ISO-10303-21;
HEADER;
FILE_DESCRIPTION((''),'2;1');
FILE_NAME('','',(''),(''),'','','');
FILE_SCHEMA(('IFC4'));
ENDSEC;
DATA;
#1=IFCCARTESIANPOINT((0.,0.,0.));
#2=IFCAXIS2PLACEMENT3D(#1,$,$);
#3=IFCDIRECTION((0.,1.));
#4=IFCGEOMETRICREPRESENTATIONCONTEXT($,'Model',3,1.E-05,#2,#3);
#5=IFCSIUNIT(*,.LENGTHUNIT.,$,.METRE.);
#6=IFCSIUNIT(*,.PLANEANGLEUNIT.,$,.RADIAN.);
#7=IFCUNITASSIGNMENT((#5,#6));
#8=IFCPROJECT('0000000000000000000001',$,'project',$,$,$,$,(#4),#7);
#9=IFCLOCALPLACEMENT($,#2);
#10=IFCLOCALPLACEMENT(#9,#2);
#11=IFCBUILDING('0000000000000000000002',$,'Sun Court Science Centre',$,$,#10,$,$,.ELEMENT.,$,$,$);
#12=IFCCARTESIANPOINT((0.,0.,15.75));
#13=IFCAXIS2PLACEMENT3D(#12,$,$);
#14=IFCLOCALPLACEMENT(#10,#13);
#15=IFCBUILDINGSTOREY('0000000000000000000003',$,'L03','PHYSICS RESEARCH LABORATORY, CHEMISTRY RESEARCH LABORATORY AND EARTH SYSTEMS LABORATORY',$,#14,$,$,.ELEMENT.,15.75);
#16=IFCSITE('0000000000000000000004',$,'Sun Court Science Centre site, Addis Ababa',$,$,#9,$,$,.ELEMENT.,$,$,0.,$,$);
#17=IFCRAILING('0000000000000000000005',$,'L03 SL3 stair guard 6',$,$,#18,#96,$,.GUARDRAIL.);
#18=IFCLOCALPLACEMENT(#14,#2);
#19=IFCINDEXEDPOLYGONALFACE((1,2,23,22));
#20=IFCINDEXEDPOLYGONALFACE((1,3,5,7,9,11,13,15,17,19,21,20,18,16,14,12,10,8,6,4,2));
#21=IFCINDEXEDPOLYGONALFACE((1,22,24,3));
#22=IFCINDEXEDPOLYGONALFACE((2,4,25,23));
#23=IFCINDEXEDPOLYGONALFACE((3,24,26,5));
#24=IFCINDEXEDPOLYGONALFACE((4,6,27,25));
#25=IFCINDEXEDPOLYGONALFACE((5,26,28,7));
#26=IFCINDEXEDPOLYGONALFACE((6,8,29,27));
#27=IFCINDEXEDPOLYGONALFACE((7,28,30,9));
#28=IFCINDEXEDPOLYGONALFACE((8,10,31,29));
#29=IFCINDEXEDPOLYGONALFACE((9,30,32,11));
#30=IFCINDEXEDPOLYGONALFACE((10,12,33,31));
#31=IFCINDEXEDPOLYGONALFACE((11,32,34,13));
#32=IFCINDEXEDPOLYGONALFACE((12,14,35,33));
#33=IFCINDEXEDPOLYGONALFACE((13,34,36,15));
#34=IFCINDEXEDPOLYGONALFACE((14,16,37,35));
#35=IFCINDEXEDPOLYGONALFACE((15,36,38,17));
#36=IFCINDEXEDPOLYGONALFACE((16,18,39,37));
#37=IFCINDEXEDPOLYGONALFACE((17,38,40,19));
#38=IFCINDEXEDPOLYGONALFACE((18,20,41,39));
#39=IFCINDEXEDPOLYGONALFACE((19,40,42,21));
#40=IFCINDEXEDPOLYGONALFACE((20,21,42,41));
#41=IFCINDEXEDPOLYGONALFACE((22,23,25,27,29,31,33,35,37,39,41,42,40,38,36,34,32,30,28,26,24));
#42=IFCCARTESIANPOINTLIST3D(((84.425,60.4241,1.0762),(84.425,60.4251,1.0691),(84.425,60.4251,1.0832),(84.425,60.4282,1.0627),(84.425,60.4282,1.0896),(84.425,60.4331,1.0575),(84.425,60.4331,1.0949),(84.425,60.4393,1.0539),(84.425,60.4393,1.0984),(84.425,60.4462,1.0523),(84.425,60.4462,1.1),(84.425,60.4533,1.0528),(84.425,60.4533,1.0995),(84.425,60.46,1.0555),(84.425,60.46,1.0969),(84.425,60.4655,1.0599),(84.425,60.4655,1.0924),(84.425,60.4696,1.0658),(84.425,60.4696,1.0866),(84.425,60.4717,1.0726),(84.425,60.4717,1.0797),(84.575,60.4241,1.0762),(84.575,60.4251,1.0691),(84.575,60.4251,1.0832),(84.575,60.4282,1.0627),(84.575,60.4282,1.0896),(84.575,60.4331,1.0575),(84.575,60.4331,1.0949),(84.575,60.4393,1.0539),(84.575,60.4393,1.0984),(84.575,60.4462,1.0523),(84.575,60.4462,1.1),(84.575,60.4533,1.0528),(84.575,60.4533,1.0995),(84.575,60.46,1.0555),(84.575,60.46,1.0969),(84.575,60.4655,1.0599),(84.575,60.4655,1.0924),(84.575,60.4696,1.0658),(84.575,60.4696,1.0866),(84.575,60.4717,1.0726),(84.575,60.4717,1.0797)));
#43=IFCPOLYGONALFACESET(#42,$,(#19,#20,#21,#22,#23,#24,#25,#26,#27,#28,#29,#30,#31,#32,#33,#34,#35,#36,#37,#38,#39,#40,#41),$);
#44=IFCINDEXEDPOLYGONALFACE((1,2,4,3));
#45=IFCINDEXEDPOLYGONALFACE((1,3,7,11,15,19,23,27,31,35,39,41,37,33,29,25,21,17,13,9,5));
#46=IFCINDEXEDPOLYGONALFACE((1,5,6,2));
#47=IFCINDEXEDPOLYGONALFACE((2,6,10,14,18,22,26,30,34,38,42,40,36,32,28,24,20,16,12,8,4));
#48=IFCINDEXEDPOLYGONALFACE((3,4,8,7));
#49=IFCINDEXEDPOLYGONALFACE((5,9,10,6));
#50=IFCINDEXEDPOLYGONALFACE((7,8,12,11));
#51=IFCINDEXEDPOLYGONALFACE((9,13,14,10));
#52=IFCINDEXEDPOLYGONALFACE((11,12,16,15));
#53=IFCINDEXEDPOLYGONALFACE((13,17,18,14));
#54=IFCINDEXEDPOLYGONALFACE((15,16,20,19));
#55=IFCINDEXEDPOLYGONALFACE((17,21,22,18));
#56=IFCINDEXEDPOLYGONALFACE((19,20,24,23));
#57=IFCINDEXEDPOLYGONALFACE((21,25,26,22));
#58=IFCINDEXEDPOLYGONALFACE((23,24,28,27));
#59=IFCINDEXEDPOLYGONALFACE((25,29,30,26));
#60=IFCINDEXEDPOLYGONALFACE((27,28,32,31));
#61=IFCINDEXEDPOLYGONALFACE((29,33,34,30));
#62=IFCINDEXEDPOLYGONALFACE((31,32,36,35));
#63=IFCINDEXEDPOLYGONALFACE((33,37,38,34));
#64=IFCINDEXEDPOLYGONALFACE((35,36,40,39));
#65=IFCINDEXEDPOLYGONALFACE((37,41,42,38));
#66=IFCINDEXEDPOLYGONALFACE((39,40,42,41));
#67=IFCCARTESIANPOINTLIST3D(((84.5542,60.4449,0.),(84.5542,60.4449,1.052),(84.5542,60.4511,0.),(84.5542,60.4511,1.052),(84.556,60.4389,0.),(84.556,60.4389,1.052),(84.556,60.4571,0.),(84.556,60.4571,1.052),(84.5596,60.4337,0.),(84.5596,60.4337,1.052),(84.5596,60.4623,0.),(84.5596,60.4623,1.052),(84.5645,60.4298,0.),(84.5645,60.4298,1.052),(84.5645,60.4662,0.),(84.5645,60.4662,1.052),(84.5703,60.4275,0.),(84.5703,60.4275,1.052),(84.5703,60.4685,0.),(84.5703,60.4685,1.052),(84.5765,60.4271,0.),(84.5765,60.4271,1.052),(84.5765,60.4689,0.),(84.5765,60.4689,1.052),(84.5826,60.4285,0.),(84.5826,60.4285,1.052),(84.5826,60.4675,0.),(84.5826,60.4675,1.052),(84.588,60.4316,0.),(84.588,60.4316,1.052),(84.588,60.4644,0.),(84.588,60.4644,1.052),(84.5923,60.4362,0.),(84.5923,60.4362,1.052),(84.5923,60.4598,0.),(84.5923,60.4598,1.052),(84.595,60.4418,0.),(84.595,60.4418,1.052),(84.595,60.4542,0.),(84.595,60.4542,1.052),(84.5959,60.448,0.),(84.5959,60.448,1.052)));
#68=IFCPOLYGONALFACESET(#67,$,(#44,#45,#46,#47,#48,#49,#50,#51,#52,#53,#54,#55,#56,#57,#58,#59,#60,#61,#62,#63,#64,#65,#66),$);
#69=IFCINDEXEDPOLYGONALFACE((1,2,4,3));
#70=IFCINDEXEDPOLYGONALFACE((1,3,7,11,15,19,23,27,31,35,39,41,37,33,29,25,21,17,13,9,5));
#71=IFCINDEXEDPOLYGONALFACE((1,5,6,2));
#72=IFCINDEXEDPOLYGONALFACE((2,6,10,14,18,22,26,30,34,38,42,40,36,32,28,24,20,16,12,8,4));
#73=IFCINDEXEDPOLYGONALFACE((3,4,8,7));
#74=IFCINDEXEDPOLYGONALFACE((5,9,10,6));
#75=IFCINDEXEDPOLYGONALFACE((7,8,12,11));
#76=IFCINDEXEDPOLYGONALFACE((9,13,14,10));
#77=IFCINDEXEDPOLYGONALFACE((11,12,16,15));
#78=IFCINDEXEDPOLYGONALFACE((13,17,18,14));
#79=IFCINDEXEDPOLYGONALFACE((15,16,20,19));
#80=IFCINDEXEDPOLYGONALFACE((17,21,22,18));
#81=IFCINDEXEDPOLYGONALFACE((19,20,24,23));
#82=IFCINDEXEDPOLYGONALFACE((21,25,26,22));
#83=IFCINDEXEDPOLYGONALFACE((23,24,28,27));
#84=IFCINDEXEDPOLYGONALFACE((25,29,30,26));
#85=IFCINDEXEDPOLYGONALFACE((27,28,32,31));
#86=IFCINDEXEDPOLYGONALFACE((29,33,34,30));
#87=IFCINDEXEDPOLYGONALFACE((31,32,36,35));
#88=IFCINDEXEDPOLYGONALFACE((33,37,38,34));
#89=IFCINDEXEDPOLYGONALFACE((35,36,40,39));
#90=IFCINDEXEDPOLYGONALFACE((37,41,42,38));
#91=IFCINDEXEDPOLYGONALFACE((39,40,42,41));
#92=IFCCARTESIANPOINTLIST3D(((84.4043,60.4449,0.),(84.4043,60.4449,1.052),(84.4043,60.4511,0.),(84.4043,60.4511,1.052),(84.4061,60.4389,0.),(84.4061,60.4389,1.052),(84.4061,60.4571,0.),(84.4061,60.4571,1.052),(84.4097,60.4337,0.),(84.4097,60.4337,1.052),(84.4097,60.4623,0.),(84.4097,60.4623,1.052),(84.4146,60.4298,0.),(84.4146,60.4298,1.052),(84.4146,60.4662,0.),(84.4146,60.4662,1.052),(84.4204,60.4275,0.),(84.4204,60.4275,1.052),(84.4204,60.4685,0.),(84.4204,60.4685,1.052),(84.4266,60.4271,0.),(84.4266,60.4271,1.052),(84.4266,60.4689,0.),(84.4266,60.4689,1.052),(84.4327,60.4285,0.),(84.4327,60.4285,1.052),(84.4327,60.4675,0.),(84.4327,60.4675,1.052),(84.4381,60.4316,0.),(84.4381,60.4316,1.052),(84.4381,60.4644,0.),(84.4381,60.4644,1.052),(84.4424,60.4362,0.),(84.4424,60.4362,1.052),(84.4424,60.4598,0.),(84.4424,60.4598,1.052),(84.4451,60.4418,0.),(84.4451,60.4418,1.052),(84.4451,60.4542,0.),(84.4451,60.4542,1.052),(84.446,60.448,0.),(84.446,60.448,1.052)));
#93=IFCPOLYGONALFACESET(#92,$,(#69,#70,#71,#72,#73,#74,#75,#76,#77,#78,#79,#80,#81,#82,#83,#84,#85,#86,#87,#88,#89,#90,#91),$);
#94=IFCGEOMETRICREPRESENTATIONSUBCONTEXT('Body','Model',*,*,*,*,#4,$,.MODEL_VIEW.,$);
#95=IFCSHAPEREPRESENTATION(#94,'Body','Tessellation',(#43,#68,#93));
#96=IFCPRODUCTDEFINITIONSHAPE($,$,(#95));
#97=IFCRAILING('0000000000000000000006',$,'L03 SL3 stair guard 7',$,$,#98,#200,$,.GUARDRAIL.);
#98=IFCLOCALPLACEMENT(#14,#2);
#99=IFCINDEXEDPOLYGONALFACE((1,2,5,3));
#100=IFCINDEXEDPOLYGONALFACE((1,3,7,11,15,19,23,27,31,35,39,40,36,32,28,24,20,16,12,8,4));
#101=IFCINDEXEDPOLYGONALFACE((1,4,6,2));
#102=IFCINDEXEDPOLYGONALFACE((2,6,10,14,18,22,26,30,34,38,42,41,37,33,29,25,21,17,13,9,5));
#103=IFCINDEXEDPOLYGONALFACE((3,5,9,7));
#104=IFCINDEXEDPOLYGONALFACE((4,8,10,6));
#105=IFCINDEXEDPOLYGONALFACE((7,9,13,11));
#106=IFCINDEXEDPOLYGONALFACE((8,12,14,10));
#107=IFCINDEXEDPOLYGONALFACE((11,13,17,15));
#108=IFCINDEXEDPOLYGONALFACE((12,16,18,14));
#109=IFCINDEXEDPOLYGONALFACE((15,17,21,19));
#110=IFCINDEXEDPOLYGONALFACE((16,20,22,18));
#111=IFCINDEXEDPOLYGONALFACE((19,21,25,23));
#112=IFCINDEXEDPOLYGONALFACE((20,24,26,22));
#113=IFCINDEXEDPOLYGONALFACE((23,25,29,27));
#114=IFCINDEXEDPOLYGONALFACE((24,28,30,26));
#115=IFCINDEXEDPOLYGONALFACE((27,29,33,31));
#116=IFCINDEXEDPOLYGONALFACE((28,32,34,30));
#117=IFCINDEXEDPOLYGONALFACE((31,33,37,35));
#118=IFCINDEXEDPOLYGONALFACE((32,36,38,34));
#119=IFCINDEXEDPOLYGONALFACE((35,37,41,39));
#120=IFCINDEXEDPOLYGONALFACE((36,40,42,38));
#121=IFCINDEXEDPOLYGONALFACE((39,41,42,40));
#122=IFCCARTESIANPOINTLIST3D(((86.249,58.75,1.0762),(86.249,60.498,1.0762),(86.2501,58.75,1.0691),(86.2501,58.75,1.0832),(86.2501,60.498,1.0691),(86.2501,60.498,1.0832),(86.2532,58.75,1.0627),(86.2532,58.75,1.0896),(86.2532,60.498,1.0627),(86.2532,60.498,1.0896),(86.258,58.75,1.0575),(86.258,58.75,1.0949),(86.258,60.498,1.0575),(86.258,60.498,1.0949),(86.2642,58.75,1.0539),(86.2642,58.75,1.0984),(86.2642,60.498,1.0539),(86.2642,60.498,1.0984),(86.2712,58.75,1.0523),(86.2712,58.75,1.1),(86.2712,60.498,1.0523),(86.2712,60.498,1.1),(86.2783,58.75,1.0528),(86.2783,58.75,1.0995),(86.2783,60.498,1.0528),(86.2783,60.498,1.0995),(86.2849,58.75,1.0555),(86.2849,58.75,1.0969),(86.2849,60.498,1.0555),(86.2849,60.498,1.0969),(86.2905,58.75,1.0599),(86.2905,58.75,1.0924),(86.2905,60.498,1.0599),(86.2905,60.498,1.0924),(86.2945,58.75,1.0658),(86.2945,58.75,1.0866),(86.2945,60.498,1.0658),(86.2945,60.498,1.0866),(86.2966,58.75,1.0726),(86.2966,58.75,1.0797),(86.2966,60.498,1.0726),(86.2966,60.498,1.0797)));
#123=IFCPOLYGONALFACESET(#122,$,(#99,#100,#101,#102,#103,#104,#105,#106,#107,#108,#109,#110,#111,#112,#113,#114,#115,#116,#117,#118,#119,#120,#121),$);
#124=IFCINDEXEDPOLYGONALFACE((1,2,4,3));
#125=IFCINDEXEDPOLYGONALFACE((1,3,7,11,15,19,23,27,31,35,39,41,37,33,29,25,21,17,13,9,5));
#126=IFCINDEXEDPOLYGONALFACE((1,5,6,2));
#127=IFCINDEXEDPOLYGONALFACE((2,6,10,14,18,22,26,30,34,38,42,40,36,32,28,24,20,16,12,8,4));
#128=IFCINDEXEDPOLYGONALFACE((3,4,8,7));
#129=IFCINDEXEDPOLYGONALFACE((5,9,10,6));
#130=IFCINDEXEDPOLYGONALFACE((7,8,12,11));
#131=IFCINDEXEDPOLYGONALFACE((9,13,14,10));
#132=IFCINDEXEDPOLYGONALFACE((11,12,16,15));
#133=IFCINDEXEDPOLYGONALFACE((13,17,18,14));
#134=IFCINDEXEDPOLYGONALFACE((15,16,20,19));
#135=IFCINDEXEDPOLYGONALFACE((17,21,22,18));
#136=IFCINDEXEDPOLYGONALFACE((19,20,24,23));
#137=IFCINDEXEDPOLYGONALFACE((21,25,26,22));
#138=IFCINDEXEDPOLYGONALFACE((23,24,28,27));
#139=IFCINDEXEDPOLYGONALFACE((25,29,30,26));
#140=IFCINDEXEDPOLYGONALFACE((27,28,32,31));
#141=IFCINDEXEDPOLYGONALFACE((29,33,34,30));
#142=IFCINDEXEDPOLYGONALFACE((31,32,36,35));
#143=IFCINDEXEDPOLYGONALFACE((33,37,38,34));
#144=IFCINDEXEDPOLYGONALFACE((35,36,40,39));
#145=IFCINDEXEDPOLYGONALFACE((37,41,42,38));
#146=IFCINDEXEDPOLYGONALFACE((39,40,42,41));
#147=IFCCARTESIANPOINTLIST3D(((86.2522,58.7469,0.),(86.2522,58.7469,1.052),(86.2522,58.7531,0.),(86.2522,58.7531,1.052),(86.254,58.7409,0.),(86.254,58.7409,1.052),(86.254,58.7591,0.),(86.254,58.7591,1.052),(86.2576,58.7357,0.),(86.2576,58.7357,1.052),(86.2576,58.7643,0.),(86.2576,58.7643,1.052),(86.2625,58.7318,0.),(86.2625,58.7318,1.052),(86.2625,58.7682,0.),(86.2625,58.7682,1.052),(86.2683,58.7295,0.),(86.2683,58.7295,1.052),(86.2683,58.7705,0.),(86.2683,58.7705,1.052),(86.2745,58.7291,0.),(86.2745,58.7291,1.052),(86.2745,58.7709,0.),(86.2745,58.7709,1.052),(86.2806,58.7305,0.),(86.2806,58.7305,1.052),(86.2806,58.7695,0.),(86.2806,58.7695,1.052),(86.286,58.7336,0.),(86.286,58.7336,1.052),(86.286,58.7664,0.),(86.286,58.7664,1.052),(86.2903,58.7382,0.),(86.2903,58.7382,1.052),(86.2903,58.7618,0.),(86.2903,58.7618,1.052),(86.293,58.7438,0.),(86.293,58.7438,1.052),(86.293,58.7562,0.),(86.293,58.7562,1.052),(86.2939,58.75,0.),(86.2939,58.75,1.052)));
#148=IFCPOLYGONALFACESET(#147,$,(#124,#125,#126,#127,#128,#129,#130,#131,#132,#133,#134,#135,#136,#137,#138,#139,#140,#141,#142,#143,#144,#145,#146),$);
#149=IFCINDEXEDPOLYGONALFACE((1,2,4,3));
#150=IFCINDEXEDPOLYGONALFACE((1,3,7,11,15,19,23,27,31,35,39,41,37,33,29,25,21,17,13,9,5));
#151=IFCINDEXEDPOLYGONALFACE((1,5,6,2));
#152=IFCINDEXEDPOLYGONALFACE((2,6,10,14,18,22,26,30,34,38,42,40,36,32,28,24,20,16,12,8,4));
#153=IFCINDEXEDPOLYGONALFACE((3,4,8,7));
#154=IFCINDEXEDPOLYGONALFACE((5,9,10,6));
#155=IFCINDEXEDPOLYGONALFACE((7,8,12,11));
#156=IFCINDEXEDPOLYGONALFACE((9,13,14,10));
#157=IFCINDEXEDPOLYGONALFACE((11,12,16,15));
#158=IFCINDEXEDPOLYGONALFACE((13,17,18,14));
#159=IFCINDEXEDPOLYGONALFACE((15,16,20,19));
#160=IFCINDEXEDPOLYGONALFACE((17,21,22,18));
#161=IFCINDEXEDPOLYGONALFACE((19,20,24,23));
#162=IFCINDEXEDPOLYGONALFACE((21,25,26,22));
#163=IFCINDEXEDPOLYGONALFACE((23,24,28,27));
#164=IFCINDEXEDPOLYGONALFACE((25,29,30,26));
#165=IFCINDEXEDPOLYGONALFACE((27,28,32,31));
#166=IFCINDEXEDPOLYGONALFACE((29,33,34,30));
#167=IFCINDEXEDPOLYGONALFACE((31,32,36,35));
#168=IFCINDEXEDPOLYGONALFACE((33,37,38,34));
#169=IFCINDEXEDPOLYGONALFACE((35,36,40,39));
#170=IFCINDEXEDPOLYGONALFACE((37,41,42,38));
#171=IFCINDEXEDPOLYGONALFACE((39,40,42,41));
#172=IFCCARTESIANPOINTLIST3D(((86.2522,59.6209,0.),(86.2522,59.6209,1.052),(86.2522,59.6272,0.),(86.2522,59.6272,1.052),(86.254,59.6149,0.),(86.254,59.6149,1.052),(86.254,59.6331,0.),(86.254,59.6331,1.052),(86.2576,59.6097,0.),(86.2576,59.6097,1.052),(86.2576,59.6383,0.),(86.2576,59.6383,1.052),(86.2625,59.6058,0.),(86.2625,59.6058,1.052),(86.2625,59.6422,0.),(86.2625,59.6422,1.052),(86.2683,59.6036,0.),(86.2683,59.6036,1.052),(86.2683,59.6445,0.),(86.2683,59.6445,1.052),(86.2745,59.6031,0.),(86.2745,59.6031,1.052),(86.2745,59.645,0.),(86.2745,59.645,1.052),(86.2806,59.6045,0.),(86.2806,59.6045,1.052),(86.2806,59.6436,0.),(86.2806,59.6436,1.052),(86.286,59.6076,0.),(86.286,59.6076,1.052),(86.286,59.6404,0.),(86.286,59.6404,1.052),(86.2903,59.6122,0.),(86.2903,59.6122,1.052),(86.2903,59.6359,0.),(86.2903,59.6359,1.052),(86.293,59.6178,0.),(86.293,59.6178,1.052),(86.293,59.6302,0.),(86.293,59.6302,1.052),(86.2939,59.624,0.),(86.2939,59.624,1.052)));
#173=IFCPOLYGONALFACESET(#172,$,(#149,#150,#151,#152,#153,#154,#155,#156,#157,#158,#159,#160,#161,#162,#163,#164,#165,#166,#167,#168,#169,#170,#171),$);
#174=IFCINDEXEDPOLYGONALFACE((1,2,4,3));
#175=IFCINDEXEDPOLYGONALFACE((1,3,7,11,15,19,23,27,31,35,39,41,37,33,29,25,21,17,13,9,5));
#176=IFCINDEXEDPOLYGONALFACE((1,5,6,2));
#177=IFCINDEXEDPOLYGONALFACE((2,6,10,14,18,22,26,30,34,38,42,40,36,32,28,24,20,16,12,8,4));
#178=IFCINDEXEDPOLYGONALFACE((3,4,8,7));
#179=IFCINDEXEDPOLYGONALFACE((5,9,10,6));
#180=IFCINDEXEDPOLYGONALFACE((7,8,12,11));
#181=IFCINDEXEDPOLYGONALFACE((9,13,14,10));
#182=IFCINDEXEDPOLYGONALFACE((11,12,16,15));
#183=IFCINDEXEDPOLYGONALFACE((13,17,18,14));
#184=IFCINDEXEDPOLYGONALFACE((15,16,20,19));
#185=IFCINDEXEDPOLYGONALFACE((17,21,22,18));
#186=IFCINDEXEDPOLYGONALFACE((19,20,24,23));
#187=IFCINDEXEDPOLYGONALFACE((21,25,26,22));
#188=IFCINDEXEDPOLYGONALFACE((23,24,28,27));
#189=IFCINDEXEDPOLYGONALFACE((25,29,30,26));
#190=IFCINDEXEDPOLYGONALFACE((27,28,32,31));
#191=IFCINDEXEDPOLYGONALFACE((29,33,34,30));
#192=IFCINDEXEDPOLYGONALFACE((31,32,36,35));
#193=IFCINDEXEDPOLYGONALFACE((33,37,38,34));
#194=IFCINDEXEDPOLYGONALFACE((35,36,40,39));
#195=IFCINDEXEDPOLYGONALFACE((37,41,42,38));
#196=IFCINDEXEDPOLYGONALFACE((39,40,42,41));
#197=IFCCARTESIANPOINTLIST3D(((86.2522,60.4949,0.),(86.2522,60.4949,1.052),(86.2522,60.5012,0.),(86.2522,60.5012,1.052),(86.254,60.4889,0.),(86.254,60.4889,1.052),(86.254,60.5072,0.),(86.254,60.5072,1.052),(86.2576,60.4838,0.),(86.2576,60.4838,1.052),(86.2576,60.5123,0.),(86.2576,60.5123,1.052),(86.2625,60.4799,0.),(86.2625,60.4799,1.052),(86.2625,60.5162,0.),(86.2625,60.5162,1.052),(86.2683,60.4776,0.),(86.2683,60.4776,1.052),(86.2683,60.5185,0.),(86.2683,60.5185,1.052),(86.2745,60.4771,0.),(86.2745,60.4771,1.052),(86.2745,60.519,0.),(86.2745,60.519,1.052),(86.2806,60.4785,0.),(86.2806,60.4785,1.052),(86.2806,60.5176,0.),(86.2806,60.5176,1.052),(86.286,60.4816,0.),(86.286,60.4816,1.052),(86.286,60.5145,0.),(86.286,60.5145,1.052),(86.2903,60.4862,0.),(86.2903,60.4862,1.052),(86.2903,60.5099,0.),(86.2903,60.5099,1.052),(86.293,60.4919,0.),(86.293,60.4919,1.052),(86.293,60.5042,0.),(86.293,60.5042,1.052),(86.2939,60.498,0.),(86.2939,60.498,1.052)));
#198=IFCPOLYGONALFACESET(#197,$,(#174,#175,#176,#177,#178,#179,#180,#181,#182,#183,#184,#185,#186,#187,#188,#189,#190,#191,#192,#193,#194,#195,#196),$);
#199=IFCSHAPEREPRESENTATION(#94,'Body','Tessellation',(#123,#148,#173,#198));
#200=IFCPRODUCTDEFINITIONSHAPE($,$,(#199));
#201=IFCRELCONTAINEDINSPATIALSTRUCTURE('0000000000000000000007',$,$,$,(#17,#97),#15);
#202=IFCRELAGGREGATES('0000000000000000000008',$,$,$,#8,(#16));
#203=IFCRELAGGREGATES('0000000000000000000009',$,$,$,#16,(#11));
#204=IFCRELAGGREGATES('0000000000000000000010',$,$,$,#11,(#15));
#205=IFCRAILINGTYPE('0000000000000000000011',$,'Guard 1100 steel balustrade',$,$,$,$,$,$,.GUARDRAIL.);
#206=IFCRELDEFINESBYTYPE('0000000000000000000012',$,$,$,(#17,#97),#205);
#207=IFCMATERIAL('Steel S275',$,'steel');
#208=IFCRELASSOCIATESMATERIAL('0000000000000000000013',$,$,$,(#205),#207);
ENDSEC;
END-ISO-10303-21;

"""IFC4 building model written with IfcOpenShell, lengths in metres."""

from ifc_helpers import new_model, si_unit, direction, frame, origin, origin_2d, place, context, subcontext, project, spatial, circle, extrude, material, type_object, element, save


model = new_model("IFC4")

# Units and contexts
model_context = context("Model", 3, precision=1e-05, world=origin(), true_north=direction((0.0, 1.0)))
body_context = subcontext(model_context, "Body", "Model", "MODEL_VIEW")
ifc_project = project(units=[si_unit("LENGTHUNIT", "METRE"), si_unit("PLANEANGLEUNIT", "RADIAN")], contexts=[model_context])

# Site, building, storey
site_placement = place(None, origin())
site = spatial("IfcSite", under=ifc_project, at=site_placement, Name="Sun Court Science Centre site, Addis Ababa", CompositionType="ELEMENT", RefElevation=0.0)
building_placement = place(site_placement, origin())
building = spatial("IfcBuilding", under=site, at=building_placement, Name="Sun Court Science Centre", CompositionType="ELEMENT")
storey_placement = place(building_placement, frame((0.0, 0.0, 15.75)))
storey = spatial("IfcBuildingStorey", under=building, at=storey_placement, Name="L03", Description="PHYSICS RESEARCH LABORATORY, CHEMISTRY RESEARCH LABORATORY AND EARTH SYSTEMS LABORATORY", CompositionType="ELEMENT", Elevation=15.75)

# Railings
ifc_material_1 = material(Name="Steel S275", Category="steel")
railing_type_1 = type_object("IfcRailingType", Name="Guard 1100 steel balustrade", PredefinedType="GUARDRAIL", material=ifc_material_1)
railing_1_placement = place(storey_placement, frame((84.575, 60.448, 0.0)))
element("IfcRailing", 1, at=railing_1_placement, inside=storey, type_object=railing_type_1, Name="L03 SL3 stair guard 6", PredefinedType="GUARDRAIL", context=body_context, shape_type="SweptSolid", body=[
    extrude(circle(Radius=0.0239, at=origin_2d()), frame((0.0, 0.0, 1.0762), z_axis=(-1.0, 0.0, 0.0), x_axis=(0.0, -1.0, 0.0)), (0.0, 0.0, 1.0), 0.1499),
    extrude(circle(Radius=0.021, at=origin_2d()), origin(), (0.0, 0.0, 1.0), 1.052),
    extrude(circle(Radius=0.021, at=origin_2d()), frame((-0.1499, 0.0, 0.0)), (0.0, 0.0, 1.0), 1.052),
])
railing_2_placement = place(storey_placement, frame((86.2729, 58.75, 0.0)))
element("IfcRailing", 2, at=railing_2_placement, inside=storey, type_object=railing_type_1, Name="L03 SL3 stair guard 7", PredefinedType="GUARDRAIL", context=body_context, shape_type="SweptSolid", body=[
    extrude(circle(Radius=0.0239, at=origin_2d()), frame((0.0, 0.0, 1.0762), z_axis=(0.0, 1.0, 0.0), x_axis=(-1.0, 0.0, 0.0)), (0.0, 0.0, 1.0), 1.748),
    extrude(circle(Radius=0.021, at=origin_2d()), origin(), (0.0, 0.0, 1.0), 1.052),
    extrude(circle(Radius=0.021, at=origin_2d()), frame((0.0, 0.874, 0.0)), (0.0, 0.0, 1.0), 1.052),
    extrude(circle(Radius=0.021, at=origin_2d()), frame((0.0, 1.748, 0.0)), (0.0, 0.0, 1.0), 1.052),
])

save(model, "model.ifc")
